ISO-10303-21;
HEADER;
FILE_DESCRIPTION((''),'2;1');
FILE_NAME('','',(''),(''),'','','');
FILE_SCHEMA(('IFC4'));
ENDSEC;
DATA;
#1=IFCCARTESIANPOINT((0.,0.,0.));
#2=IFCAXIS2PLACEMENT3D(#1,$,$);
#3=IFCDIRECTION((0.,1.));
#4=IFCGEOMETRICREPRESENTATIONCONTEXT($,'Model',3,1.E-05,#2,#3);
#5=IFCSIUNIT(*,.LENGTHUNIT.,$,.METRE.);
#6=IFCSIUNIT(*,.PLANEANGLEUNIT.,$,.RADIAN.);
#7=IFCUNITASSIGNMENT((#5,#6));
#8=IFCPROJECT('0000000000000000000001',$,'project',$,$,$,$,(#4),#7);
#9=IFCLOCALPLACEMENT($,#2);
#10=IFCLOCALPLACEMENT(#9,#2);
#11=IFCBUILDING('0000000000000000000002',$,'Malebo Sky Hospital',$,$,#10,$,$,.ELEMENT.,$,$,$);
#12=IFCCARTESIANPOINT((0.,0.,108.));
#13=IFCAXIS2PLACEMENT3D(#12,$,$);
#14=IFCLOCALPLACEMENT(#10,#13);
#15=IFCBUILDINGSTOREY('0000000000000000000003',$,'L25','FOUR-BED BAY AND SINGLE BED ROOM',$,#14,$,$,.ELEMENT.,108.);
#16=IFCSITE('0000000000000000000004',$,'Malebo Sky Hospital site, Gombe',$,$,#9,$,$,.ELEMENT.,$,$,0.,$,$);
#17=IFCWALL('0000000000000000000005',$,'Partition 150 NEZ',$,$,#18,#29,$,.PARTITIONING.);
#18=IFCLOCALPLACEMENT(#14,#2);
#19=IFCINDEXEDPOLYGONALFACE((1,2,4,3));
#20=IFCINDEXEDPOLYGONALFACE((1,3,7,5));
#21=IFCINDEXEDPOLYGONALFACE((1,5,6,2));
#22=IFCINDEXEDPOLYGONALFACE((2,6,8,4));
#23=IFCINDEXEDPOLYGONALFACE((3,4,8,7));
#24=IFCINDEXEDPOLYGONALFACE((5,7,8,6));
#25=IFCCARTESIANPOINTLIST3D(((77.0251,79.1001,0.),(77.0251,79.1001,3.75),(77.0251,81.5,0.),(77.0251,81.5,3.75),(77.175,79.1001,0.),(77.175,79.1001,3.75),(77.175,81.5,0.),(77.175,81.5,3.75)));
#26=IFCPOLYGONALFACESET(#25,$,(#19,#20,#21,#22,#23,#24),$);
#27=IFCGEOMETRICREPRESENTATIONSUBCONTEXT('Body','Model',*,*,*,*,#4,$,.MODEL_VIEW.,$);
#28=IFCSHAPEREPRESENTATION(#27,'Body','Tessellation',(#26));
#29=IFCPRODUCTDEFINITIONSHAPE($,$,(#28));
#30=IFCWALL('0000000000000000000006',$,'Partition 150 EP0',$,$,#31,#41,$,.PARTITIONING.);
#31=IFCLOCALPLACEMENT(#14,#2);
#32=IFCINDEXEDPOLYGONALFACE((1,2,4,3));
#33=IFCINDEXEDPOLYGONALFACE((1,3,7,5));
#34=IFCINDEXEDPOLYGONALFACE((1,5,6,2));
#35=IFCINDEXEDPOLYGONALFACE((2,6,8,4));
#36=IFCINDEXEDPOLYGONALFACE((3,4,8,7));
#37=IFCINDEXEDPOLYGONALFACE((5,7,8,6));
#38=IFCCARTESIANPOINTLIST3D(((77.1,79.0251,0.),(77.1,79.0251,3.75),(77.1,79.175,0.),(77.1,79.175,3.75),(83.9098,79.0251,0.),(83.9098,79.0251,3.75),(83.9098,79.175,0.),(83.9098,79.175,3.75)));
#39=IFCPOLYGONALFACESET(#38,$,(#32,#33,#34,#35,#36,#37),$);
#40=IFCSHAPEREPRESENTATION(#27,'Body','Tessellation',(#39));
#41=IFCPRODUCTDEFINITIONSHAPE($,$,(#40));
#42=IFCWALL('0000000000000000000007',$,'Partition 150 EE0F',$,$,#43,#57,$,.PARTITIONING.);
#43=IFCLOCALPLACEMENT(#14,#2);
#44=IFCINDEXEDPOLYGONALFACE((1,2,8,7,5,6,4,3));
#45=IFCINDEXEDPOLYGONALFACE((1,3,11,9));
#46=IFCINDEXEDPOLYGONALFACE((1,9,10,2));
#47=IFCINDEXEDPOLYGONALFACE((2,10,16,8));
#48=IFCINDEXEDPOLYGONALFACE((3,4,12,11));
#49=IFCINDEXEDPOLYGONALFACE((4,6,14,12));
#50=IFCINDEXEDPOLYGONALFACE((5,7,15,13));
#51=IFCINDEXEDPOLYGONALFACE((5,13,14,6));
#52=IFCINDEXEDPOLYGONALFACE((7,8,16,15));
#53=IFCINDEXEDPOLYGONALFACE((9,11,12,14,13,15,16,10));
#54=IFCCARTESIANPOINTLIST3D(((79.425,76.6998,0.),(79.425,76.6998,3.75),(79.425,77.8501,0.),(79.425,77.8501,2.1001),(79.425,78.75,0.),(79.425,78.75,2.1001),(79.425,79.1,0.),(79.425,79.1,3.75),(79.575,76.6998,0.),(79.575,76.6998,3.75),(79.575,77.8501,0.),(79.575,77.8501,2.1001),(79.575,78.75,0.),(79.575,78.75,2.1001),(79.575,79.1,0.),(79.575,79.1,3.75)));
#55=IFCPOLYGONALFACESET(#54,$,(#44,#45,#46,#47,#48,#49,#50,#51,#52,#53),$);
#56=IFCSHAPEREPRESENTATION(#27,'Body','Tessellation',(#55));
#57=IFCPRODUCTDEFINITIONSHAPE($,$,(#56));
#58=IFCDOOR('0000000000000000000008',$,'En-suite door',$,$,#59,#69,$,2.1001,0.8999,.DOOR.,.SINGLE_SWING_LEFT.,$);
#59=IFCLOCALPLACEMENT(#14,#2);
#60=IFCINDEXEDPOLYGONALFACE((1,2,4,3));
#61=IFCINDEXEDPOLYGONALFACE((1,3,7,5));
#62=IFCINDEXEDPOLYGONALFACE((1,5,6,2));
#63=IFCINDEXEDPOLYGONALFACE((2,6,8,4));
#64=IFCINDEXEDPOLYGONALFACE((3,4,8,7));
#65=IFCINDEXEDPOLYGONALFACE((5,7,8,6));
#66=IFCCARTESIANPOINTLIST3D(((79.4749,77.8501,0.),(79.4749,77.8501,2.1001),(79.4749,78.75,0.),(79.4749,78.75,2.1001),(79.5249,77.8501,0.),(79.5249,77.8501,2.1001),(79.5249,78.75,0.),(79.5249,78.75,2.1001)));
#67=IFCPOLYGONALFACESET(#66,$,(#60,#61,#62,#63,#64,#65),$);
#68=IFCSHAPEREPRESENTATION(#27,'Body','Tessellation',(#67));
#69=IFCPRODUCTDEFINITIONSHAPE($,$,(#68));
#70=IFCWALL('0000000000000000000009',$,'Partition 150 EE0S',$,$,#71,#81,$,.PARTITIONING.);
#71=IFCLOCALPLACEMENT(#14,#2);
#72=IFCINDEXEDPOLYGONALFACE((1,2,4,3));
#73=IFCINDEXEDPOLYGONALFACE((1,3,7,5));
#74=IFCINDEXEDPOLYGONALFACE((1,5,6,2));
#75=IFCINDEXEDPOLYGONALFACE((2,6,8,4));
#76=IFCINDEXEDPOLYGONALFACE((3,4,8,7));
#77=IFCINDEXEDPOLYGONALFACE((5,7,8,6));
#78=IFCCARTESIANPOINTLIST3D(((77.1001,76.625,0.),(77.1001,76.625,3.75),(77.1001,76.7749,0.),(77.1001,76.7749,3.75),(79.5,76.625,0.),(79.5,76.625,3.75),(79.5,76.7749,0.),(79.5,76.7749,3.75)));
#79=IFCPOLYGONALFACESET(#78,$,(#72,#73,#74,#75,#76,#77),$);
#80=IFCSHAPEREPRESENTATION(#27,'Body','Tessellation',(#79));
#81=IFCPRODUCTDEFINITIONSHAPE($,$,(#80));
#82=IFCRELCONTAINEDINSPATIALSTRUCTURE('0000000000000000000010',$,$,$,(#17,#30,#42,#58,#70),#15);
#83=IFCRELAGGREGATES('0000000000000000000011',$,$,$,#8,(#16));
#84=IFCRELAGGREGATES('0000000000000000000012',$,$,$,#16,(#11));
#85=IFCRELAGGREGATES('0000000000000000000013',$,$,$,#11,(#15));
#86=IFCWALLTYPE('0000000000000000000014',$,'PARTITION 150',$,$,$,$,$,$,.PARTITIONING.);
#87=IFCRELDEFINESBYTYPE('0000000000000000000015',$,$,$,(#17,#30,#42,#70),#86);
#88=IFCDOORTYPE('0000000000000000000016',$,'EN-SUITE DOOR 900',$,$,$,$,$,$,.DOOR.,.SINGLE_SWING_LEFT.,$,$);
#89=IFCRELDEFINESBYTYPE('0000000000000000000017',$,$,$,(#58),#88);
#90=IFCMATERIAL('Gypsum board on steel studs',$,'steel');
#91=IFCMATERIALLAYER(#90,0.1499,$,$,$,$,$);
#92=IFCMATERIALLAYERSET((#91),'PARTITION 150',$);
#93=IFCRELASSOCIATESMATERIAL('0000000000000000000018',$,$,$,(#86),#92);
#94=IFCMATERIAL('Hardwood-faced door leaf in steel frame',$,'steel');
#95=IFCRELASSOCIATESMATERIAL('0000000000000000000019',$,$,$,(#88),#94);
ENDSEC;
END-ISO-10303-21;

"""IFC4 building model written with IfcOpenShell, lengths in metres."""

from ifc_helpers import new_model, si_unit, direction, frame, frame_2d, origin, place, context, subcontext, project, spatial, rectangle, extrude, material, layer, layer_set, type_object, element, fill, save


model = new_model("IFC4")

# Units and contexts
model_context = context("Model", 3, precision=1e-05, world=origin(), true_north=direction((0.0, 1.0)))
body_context = subcontext(model_context, "Body", "Model", "MODEL_VIEW")
ifc_project = project(units=[si_unit("LENGTHUNIT", "METRE"), si_unit("PLANEANGLEUNIT", "RADIAN")], contexts=[model_context])

# Site, building, storey
site_placement = place(None, origin())
site = spatial("IfcSite", under=ifc_project, at=site_placement, Name="Malebo Sky Hospital site, Gombe", CompositionType="ELEMENT", RefElevation=0.0)
building_placement = place(site_placement, origin())
building = spatial("IfcBuilding", under=site, at=building_placement, Name="Malebo Sky Hospital", CompositionType="ELEMENT")
storey_placement = place(building_placement, frame((0.0, 0.0, 108.0)))
storey = spatial("IfcBuildingStorey", under=building, at=storey_placement, Name="L25", Description="FOUR-BED BAY AND SINGLE BED ROOM", CompositionType="ELEMENT", Elevation=108.0)

# Shared definitions
ifc_material_1 = material(Name="Gypsum board on steel studs", Category="steel")
ifc_material_2 = material(Name="Hardwood-faced door leaf in steel frame", Category="steel")

# Walls
ifc_layer_1 = layer(ifc_material_1, 0.1499)
ifc_layer_set_1 = layer_set([ifc_layer_1], Name="PARTITION 150")
wall_type_1 = type_object("IfcWallType", Name="PARTITION 150", PredefinedType="PARTITIONING", material=ifc_layer_set_1)
for number, where, z_axis, x_axis, name in (
    (1, (77.1001, 79.1001, 0.0), (0.0, 0.0, 1.0), (0.0, 1.0, 0.0), "Partition 150 NEZ"),
):
    element("IfcWall", number, at=place(storey_placement, frame(where, z_axis=z_axis, x_axis=x_axis)), inside=storey, type_object=wall_type_1, Name=name, PredefinedType="PARTITIONING", context=body_context, shape_type="SweptSolid", body=[
        extrude(rectangle(XDim=2.3999, YDim=0.1499, at=frame_2d((1.2, 0.0))), origin(), (0.0, 0.0, 1.0), 3.75),
    ])
wall_1_placement = place(storey_placement, frame((77.1001, 79.1001, 0.0), z_axis=(0.0, 0.0, 1.0), x_axis=(1.0, 0.0, 0.0)))
element("IfcWall", 2, at=wall_1_placement, inside=storey, type_object=wall_type_1, Name="Partition 150 EP0", PredefinedType="PARTITIONING", context=body_context, shape_type="SweptSolid", body=[
    extrude(rectangle(XDim=6.8098, YDim=0.1499, at=frame_2d((3.4048, 0.0))), origin(), (0.0, 0.0, 1.0), 3.75),
])

# Wall, opening, door
wall_2_placement = place(storey_placement, frame((79.5, 79.1001, 0.0), z_axis=(0.0, 0.0, 1.0), x_axis=(0.0, -1.0, 0.0)))
wall_2 = element("IfcWall", 3, at=wall_2_placement, inside=storey, type_object=wall_type_1, Name="Partition 150 EE0F", PredefinedType="PARTITIONING", context=body_context, shape_type="SweptSolid", body=[
    extrude(rectangle(XDim=2.4001, YDim=0.1499, at=frame_2d((1.2002, 0.0))), origin(), (0.0, 0.0, 1.0), 3.75),
])
opening_1_placement = place(wall_2_placement, frame((0.3501, 0.0, 0.0)))
opening_1 = element("IfcOpeningElement", 4, at=opening_1_placement, cuts=wall_2, PredefinedType="OPENING", context=body_context, shape_type="SweptSolid", body=[
    extrude(rectangle(XDim=0.8999, YDim=2.1001, at=frame_2d((0.45, 1.05))), frame((0.0, 0.085, 0.0), z_axis=(0.0, -1.0, 0.0), x_axis=(1.0, 0.0, 0.0)), (0.0, 0.0, 1.0), 0.1699),
])
door_type_1 = type_object("IfcDoorType", Name="EN-SUITE DOOR 900", OperationType="SINGLE_SWING_LEFT", PredefinedType="DOOR", material=ifc_material_2)
door_1_placement = place(opening_1_placement, origin())
door_1 = element("IfcDoor", 5, at=door_1_placement, inside=storey, type_object=door_type_1, Name="En-suite door", OperationType="SINGLE_SWING_LEFT", OverallHeight=2.1001, OverallWidth=0.8999, PredefinedType="DOOR", context=body_context, shape_type="SweptSolid", body=[
    extrude(rectangle(XDim=0.8999, YDim=2.1001, at=frame_2d((0.45, 1.05))), frame((0.0, 0.0249, 0.0), z_axis=(0.0, -1.0, 0.0), x_axis=(1.0, 0.0, 0.0)), (0.0, 0.0, 1.0), 0.05),
])
fill(opening_1, door_1)

# Wall
wall_3_placement = place(storey_placement, frame((77.1001, 76.7, 0.0), z_axis=(0.0, 0.0, 1.0), x_axis=(1.0, 0.0, 0.0)))
element("IfcWall", 6, at=wall_3_placement, inside=storey, type_object=wall_type_1, Name="Partition 150 EE0S", PredefinedType="PARTITIONING", context=body_context, shape_type="SweptSolid", body=[
    extrude(rectangle(XDim=2.3999, YDim=0.1499, at=frame_2d((1.2, 0.0))), origin(), (0.0, 0.0, 1.0), 3.75),
])

save(model, "model.ifc")
